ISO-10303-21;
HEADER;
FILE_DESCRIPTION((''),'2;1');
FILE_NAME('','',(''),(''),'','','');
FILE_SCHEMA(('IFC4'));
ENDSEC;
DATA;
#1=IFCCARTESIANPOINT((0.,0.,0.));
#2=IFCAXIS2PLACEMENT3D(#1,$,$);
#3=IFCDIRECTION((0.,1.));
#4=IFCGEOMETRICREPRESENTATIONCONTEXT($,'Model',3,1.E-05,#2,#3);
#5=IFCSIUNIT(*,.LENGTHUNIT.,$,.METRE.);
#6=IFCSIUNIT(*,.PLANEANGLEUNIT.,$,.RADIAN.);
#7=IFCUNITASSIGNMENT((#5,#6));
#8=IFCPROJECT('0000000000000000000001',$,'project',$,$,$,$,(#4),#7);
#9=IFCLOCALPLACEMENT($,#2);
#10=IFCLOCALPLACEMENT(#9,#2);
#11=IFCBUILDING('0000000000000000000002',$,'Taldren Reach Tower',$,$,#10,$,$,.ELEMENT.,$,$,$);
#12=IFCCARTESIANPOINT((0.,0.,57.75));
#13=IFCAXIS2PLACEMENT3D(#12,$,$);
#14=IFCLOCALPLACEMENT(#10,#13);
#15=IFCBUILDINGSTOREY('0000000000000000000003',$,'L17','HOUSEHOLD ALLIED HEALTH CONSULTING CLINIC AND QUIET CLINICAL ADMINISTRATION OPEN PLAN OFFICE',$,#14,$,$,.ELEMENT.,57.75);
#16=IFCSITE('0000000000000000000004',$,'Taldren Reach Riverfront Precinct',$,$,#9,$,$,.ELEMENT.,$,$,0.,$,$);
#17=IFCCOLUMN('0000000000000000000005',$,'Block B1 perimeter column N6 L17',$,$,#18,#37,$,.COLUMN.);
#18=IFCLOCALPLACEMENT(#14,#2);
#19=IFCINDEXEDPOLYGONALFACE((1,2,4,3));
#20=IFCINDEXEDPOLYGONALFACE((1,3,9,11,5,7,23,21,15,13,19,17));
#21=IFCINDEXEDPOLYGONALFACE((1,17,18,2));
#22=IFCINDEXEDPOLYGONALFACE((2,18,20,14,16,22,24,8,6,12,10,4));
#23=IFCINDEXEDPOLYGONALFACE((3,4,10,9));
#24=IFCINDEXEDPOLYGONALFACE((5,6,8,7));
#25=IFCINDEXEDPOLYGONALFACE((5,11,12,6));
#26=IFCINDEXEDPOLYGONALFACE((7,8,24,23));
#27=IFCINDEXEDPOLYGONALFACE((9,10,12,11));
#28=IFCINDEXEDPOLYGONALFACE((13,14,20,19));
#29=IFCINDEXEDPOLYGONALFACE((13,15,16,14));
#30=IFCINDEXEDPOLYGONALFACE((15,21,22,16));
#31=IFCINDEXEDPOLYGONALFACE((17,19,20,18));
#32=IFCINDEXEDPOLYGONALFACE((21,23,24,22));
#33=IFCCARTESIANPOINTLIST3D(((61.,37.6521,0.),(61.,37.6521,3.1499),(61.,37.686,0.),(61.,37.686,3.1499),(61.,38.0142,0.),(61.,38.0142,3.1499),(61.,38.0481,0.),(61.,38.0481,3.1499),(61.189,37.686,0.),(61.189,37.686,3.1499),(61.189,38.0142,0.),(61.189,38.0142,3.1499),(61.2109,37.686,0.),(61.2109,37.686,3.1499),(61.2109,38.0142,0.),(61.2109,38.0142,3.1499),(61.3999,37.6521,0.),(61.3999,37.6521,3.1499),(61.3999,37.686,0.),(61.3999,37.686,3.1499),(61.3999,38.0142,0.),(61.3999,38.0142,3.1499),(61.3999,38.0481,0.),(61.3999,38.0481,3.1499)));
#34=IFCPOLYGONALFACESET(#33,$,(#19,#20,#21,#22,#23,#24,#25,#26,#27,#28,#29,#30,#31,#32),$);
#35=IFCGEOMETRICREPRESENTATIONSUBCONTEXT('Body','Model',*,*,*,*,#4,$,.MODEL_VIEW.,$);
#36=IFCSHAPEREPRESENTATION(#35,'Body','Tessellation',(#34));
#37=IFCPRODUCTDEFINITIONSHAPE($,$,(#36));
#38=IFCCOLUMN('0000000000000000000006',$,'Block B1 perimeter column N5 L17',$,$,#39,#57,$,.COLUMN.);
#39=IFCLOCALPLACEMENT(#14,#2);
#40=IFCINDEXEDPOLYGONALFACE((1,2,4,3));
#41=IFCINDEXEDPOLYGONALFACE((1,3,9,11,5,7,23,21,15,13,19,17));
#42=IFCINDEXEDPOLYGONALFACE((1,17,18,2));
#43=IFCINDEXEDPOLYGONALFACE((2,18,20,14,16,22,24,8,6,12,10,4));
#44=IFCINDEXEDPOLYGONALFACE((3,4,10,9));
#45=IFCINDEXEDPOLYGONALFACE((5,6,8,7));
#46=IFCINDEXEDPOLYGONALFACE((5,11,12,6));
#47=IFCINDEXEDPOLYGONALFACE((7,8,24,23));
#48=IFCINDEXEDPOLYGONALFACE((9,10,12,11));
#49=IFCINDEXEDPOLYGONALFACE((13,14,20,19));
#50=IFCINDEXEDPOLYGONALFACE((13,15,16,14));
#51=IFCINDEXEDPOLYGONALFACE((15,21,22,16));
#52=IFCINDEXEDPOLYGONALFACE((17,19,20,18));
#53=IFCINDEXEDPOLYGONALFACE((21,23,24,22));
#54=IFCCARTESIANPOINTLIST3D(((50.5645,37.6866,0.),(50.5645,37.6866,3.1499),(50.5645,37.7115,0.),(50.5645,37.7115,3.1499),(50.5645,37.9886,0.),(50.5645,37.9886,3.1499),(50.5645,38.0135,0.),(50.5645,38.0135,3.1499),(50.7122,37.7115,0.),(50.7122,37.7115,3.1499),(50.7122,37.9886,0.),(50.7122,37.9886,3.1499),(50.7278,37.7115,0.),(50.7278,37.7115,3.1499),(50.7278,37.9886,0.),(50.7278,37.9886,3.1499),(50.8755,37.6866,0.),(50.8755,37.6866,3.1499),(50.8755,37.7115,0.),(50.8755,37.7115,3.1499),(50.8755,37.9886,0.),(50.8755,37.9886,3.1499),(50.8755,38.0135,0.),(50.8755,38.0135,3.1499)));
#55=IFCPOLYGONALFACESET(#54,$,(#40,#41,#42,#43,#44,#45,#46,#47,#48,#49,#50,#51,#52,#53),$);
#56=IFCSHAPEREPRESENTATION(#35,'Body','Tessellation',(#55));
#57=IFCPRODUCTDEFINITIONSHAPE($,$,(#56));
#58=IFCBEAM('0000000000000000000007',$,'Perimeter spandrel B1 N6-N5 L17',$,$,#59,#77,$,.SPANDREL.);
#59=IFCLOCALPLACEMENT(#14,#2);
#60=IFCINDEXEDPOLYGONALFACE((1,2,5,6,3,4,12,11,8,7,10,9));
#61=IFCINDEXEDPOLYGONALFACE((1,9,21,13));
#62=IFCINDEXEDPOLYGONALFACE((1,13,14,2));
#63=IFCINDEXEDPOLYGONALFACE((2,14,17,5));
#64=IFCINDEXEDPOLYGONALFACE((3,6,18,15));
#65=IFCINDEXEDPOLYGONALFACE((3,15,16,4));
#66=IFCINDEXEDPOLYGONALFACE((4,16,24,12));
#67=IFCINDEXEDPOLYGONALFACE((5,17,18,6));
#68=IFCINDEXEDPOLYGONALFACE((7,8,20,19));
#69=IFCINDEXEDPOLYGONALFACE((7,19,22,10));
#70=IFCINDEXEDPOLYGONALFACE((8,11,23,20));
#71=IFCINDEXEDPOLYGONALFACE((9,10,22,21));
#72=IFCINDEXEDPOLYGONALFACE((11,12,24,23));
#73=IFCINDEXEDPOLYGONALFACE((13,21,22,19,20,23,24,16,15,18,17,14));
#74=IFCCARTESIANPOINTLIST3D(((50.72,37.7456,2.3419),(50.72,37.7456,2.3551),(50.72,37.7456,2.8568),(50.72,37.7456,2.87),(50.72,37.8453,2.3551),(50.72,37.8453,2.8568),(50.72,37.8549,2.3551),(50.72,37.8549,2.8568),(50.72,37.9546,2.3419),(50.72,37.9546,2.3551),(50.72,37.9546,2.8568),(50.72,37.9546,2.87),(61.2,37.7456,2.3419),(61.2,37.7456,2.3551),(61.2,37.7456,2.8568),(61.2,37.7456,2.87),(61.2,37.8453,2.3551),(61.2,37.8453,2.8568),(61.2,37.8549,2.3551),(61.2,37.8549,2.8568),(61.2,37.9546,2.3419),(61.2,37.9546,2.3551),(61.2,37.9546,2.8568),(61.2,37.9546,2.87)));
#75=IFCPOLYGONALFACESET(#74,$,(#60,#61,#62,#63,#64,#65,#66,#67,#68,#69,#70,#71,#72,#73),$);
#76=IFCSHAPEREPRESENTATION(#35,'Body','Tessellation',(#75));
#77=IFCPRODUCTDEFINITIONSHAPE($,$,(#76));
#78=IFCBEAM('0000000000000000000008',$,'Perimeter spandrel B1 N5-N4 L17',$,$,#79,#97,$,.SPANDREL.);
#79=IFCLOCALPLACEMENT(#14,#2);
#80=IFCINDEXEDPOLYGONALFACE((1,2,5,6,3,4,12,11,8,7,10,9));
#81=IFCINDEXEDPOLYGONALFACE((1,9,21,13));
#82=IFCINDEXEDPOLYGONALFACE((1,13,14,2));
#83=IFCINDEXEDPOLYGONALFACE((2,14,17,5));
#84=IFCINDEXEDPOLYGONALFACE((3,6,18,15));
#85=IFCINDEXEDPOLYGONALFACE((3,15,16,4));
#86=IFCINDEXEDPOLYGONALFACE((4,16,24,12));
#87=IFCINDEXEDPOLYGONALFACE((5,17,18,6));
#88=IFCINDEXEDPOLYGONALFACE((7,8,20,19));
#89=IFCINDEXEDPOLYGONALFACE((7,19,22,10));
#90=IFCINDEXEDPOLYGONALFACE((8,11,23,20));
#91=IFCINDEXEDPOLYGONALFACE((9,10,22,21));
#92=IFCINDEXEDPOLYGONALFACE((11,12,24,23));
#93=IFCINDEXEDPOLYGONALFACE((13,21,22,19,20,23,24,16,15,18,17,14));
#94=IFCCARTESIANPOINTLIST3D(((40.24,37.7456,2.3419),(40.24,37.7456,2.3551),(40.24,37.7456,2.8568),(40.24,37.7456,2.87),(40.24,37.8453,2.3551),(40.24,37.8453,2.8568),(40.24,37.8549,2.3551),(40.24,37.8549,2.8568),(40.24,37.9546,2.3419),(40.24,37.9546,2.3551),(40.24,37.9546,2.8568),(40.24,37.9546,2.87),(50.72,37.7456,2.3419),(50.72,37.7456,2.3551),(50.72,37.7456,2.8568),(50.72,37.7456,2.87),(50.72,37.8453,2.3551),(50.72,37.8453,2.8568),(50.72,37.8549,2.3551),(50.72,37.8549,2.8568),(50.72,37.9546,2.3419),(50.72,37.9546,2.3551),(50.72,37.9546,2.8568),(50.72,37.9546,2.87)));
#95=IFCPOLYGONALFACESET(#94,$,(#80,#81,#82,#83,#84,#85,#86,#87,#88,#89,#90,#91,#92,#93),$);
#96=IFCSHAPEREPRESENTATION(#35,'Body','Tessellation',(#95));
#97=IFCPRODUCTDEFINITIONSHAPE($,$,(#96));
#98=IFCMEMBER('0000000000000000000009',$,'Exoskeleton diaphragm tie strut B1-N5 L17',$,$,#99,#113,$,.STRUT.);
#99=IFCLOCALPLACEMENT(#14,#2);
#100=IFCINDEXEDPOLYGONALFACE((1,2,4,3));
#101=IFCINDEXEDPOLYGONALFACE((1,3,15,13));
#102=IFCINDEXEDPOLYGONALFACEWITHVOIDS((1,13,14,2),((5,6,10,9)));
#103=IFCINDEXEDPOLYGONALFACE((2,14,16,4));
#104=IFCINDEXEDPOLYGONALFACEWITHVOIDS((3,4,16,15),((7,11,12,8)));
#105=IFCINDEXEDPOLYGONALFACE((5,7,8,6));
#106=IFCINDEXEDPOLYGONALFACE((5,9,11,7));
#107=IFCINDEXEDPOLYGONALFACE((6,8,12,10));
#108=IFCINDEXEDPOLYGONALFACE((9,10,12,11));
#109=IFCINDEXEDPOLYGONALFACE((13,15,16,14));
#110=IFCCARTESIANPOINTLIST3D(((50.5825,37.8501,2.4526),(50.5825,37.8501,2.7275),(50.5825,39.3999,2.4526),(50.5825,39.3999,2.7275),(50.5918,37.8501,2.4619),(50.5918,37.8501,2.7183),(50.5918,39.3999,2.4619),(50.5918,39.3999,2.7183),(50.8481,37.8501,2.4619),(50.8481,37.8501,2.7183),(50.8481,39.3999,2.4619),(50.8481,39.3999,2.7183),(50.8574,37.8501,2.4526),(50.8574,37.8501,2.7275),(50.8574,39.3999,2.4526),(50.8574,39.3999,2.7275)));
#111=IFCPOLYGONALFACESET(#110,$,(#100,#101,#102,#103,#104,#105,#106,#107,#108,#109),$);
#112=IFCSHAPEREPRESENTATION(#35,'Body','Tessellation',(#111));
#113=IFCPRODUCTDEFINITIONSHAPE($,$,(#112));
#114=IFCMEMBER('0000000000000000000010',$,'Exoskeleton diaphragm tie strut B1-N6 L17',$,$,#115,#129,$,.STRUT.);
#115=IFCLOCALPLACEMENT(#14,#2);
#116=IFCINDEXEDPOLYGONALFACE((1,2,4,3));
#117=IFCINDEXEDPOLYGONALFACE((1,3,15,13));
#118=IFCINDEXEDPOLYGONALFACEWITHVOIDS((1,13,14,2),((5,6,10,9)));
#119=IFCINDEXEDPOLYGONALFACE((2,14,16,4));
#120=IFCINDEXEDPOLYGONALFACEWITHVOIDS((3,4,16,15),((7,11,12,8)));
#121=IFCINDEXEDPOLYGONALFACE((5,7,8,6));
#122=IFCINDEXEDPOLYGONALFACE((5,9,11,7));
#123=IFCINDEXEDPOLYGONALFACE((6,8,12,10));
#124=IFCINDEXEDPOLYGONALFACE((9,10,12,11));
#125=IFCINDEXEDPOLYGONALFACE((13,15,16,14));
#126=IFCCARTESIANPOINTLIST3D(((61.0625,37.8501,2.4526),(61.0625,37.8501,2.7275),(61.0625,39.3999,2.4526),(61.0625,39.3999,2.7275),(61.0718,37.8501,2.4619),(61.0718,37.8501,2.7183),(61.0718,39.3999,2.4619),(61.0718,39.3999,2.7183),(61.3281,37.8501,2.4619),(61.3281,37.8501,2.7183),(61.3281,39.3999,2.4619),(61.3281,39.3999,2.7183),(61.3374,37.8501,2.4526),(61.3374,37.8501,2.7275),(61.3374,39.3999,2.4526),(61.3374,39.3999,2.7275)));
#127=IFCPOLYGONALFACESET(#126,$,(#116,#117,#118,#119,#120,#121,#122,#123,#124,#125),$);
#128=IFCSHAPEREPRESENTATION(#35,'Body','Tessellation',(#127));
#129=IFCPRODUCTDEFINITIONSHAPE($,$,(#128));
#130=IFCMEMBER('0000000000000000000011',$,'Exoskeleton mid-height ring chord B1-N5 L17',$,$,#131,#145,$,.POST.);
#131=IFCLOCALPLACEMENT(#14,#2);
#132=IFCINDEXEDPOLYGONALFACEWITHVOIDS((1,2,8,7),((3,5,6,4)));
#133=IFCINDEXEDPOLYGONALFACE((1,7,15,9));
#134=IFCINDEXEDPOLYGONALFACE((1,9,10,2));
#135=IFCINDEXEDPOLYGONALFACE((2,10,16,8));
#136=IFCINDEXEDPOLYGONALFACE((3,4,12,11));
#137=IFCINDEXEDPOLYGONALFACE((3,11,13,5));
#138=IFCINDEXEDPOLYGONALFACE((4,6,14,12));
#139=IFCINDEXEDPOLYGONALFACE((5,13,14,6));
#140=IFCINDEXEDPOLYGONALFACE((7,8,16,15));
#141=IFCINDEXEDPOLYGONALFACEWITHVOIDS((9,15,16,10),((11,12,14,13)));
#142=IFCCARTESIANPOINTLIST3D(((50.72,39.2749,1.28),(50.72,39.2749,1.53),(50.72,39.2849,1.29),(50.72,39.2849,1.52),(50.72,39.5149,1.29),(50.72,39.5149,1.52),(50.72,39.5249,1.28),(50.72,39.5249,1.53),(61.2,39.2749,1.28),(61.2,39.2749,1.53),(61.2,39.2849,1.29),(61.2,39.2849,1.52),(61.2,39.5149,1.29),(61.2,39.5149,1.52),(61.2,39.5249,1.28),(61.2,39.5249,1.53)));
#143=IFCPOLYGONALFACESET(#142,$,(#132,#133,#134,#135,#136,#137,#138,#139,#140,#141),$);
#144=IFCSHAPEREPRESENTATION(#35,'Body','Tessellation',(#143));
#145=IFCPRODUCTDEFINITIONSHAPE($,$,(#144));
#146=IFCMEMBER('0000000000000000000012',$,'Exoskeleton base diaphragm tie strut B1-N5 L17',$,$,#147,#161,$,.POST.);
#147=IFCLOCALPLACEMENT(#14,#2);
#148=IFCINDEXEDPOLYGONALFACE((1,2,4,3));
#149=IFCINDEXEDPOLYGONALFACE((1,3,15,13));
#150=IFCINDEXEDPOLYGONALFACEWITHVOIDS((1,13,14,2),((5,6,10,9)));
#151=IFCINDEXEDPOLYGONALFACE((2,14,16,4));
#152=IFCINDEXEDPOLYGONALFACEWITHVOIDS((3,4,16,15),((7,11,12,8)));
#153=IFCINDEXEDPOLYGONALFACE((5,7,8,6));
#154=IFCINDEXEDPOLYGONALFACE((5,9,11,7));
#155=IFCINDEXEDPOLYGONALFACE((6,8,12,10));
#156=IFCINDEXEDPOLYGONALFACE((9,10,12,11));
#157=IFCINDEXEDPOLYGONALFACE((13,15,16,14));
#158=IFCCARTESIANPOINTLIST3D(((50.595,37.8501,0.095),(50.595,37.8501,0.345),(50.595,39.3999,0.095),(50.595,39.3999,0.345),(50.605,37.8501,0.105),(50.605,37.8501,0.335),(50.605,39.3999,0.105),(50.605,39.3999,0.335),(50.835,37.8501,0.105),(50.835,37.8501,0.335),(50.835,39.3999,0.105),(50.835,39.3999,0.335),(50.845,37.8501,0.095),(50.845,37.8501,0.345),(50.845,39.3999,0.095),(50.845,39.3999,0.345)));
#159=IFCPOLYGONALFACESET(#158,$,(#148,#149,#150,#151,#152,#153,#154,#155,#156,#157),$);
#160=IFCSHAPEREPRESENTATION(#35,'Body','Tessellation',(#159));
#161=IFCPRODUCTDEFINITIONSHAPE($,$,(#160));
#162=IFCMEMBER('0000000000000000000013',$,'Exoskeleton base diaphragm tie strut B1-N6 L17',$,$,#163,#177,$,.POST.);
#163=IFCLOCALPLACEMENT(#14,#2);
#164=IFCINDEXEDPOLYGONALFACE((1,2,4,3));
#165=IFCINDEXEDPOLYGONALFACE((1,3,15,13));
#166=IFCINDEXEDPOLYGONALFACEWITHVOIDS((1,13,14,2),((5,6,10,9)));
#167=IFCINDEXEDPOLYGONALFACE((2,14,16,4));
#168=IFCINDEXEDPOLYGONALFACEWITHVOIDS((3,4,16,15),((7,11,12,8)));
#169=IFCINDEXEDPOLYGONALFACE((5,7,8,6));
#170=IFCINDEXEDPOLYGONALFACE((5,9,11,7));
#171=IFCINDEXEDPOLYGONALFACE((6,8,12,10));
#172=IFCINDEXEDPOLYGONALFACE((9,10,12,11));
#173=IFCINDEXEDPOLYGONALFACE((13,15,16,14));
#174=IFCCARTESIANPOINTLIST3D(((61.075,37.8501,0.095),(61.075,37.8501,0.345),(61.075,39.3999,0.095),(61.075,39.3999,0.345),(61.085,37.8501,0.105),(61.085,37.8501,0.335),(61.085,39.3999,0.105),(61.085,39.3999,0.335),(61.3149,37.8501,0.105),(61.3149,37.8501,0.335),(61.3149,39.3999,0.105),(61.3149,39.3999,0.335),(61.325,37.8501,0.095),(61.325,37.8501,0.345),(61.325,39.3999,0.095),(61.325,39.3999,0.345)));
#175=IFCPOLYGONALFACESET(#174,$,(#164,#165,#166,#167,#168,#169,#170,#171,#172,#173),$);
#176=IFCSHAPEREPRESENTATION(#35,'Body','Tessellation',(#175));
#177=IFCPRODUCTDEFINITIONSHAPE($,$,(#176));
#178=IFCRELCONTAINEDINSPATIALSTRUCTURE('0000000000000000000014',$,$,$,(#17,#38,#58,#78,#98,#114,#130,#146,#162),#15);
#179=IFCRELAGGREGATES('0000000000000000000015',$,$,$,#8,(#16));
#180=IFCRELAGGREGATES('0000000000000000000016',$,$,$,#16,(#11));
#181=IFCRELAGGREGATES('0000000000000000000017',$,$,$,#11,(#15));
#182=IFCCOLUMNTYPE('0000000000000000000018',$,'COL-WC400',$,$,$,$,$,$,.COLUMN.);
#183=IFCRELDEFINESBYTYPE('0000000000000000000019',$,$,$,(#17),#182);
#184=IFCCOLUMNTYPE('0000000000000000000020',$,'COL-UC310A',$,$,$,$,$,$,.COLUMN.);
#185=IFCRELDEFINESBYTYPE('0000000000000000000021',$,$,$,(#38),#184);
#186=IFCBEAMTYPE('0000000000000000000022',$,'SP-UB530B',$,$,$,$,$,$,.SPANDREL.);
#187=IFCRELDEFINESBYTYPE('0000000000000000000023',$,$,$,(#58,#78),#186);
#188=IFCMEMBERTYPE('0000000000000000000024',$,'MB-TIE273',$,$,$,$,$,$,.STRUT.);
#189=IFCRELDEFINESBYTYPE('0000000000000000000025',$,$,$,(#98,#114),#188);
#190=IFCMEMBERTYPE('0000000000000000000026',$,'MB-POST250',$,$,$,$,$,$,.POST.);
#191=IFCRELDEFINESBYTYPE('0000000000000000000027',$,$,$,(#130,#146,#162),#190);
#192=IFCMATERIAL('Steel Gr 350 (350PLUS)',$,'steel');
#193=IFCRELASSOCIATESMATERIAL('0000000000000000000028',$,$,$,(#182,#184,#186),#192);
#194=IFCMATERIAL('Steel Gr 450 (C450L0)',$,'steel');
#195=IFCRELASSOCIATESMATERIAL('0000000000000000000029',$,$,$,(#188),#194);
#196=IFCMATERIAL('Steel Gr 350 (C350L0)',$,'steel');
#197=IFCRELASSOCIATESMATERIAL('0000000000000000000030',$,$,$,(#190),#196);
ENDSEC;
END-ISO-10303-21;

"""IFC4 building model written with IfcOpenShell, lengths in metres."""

from ifc_helpers import new_model, si_unit, direction, frame, origin, origin_2d, place, context, subcontext, project, spatial, hollow_rectangle, i_section, extrude, source, transform, mapped, material, material_profile, profile_set, type_object, element, save


model = new_model("IFC4")

# Units and contexts
model_context = context("Model", 3, precision=1e-05, world=origin(), true_north=direction((0.0, 1.0)))
body_context = subcontext(model_context, "Body", "Model", "MODEL_VIEW")
ifc_project = project(units=[si_unit("LENGTHUNIT", "METRE"), si_unit("PLANEANGLEUNIT", "RADIAN")], contexts=[model_context])

# Site, building, storey
site_placement = place(None, origin())
site = spatial("IfcSite", under=ifc_project, at=site_placement, Name="Taldren Reach Riverfront Precinct", CompositionType="ELEMENT", RefElevation=0.0)
building_placement = place(site_placement, origin())
building = spatial("IfcBuilding", under=site, at=building_placement, Name="Taldren Reach Tower", CompositionType="ELEMENT")
storey_placement = place(building_placement, frame((0.0, 0.0, 57.75)))
storey = spatial("IfcBuildingStorey", under=building, at=storey_placement, Name="L17", Description="HOUSEHOLD ALLIED HEALTH CONSULTING CLINIC AND QUIET CLINICAL ADMINISTRATION OPEN PLAN OFFICE", CompositionType="ELEMENT", Elevation=57.75)

# Columns
ifc_material_1 = material(Name="Steel Gr 350 (350PLUS)", Category="steel")
ifc_material_profile_1 = material_profile(ifc_material_1, i_section(OverallWidth=0.3999, OverallDepth=0.396, WebThickness=0.022, FlangeThickness=0.0339, at=origin_2d()), Name="400WC270")
ifc_profile_set_1 = profile_set([ifc_material_profile_1], Name="Steel Gr 350 (350PLUS)")
column_type_1 = type_object("IfcColumnType", Name="COL-WC400", PredefinedType="COLUMN", material=ifc_profile_set_1)
shared_shape_1 = source(origin(), body_context, "Body", "SweptSolid", [
    extrude(i_section(OverallWidth=0.3999, OverallDepth=0.396, WebThickness=0.022, FlangeThickness=0.0339, at=origin_2d()), origin(), (0.0, 0.0, 1.0), 3.1499),
])
column_1_placement = place(storey_placement, frame((61.2, 37.8501, 0.0), z_axis=(0.0, 0.0, 1.0), x_axis=(1.0, 0.0, 0.0)))
element("IfcColumn", 1, at=column_1_placement, inside=storey, type_object=column_type_1, Name="Block B1 perimeter column N6 L17", PredefinedType="COLUMN", context=body_context, shape_type="MappedRepresentation", body=[
    mapped(shared_shape_1, transform((0.0, 0.0, 0.0), scale=1.0)),
])
ifc_material_profile_2 = material_profile(ifc_material_1, i_section(OverallWidth=0.311, OverallDepth=0.3269, WebThickness=0.0156, FlangeThickness=0.0249, at=origin_2d()), Name="310UC158")
ifc_profile_set_2 = profile_set([ifc_material_profile_2], Name="Steel Gr 350 (350PLUS)")
column_type_2 = type_object("IfcColumnType", Name="COL-UC310A", PredefinedType="COLUMN", material=ifc_profile_set_2)
shared_shape_2 = source(origin(), body_context, "Body", "SweptSolid", [
    extrude(i_section(OverallWidth=0.311, OverallDepth=0.3269, WebThickness=0.0156, FlangeThickness=0.0249, at=origin_2d()), origin(), (0.0, 0.0, 1.0), 3.1499),
])
column_2_placement = place(storey_placement, frame((50.72, 37.8501, 0.0), z_axis=(0.0, 0.0, 1.0), x_axis=(1.0, 0.0, 0.0)))
element("IfcColumn", 2, at=column_2_placement, inside=storey, type_object=column_type_2, Name="Block B1 perimeter column N5 L17", PredefinedType="COLUMN", context=body_context, shape_type="MappedRepresentation", body=[
    mapped(shared_shape_2, transform((0.0, 0.0, 0.0), scale=1.0)),
])

# Beams
ifc_material_profile_3 = material_profile(ifc_material_1, i_section(OverallWidth=0.209, OverallDepth=0.5281, WebThickness=0.0095, FlangeThickness=0.0132, at=origin_2d()), Name="530UB82.0")
ifc_profile_set_3 = profile_set([ifc_material_profile_3], Name="Steel Gr 350 (350PLUS)")
beam_type = type_object("IfcBeamType", Name="SP-UB530B", PredefinedType="SPANDREL", material=ifc_profile_set_3)
shared_shape_3 = source(origin(), body_context, "Body", "SweptSolid", [
    extrude(i_section(OverallWidth=0.209, OverallDepth=0.5281, WebThickness=0.0095, FlangeThickness=0.0132, at=origin_2d()), origin(), (0.0, 0.0, 1.0), 10.48),
])
for number, where, z_axis, x_axis, name in (
    (3, (61.2, 37.8501, 2.606), (-1.0, 0.0, 0.0), (0.0, -1.0, 0.0), "Perimeter spandrel B1 N6-N5 L17"),
    (4, (50.72, 37.8501, 2.606), (-1.0, 0.0, 0.0), (0.0, -1.0, 0.0), "Perimeter spandrel B1 N5-N4 L17"),
):
    element("IfcBeam", number, at=place(storey_placement, frame(where, z_axis=z_axis, x_axis=x_axis)), inside=storey, type_object=beam_type, Name=name, PredefinedType="SPANDREL", context=body_context, shape_type="MappedRepresentation", body=[
        mapped(shared_shape_3, transform((0.0, 0.0, 0.0), scale=1.0)),
    ])

# Members
ifc_material_2 = material(Name="Steel Gr 450 (C450L0)", Category="steel")
ifc_material_profile_4 = material_profile(ifc_material_2, hollow_rectangle(XDim=0.2749, YDim=0.2749, WallThickness=0.0093, at=origin_2d()), Name="275x275x9.3SHS")
ifc_profile_set_4 = profile_set([ifc_material_profile_4], Name="Steel Gr 450 (C450L0)")
member_type_1 = type_object("IfcMemberType", Name="MB-TIE273", PredefinedType="STRUT", material=ifc_profile_set_4)
shared_shape_4 = source(origin(), body_context, "Body", "SweptSolid", [
    extrude(hollow_rectangle(XDim=0.2749, YDim=0.2749, WallThickness=0.0093, at=origin_2d()), origin(), (0.0, 0.0, 1.0), 1.5498),
])
for number, where, z_axis, x_axis, name in (
    (5, (50.72, 37.8501, 2.5901), (0.0, 1.0, 0.0), (-1.0, 0.0, 0.0), "Exoskeleton diaphragm tie strut B1-N5 L17"),
    (6, (61.2, 37.8501, 2.5901), (0.0, 1.0, 0.0), (-1.0, 0.0, 0.0), "Exoskeleton diaphragm tie strut B1-N6 L17"),
):
    element("IfcMember", number, at=place(storey_placement, frame(where, z_axis=z_axis, x_axis=x_axis)), inside=storey, type_object=member_type_1, Name=name, PredefinedType="STRUT", context=body_context, shape_type="MappedRepresentation", body=[
        mapped(shared_shape_4, transform((0.0, 0.0, 0.0), scale=1.0)),
    ])
ifc_material_3 = material(Name="Steel Gr 350 (C350L0)", Category="steel")
ifc_material_profile_5 = material_profile(ifc_material_3, hollow_rectangle(XDim=0.25, YDim=0.25, WallThickness=0.01, at=origin_2d()), Name="250x250x10.0SHS")
ifc_profile_set_5 = profile_set([ifc_material_profile_5], Name="Steel Gr 350 (C350L0)")
member_type_2 = type_object("IfcMemberType", Name="MB-POST250", PredefinedType="POST", material=ifc_profile_set_5)
shared_shape_5 = source(origin(), body_context, "Body", "SweptSolid", [
    extrude(hollow_rectangle(XDim=0.25, YDim=0.25, WallThickness=0.01, at=origin_2d()), origin(), (0.0, 0.0, 1.0), 10.48),
])
member_1_placement = place(storey_placement, frame((50.72, 39.3999, 1.405), z_axis=(1.0, 0.0, 0.0), x_axis=(0.0, 1.0, 0.0)))
element("IfcMember", 7, at=member_1_placement, inside=storey, type_object=member_type_2, Name="Exoskeleton mid-height ring chord B1-N5 L17", PredefinedType="POST", context=body_context, shape_type="MappedRepresentation", body=[
    mapped(shared_shape_5, transform((0.0, 0.0, 0.0), scale=1.0)),
])
shared_shape_6 = source(origin(), body_context, "Body", "SweptSolid", [
    extrude(hollow_rectangle(XDim=0.25, YDim=0.25, WallThickness=0.01, at=origin_2d()), origin(), (0.0, 0.0, 1.0), 1.5498),
])
for number, where, z_axis, x_axis, name in (
    (8, (50.72, 37.8501, 0.22), (0.0, 1.0, 0.0), (-1.0, 0.0, 0.0), "Exoskeleton base diaphragm tie strut B1-N5 L17"),
    (9, (61.2, 37.8501, 0.22), (0.0, 1.0, 0.0), (-1.0, 0.0, 0.0), "Exoskeleton base diaphragm tie strut B1-N6 L17"),
):
    element("IfcMember", number, at=place(storey_placement, frame(where, z_axis=z_axis, x_axis=x_axis)), inside=storey, type_object=member_type_2, Name=name, PredefinedType="POST", context=body_context, shape_type="MappedRepresentation", body=[
        mapped(shared_shape_6, transform((0.0, 0.0, 0.0), scale=1.0)),
    ])

save(model, "model.ifc")
